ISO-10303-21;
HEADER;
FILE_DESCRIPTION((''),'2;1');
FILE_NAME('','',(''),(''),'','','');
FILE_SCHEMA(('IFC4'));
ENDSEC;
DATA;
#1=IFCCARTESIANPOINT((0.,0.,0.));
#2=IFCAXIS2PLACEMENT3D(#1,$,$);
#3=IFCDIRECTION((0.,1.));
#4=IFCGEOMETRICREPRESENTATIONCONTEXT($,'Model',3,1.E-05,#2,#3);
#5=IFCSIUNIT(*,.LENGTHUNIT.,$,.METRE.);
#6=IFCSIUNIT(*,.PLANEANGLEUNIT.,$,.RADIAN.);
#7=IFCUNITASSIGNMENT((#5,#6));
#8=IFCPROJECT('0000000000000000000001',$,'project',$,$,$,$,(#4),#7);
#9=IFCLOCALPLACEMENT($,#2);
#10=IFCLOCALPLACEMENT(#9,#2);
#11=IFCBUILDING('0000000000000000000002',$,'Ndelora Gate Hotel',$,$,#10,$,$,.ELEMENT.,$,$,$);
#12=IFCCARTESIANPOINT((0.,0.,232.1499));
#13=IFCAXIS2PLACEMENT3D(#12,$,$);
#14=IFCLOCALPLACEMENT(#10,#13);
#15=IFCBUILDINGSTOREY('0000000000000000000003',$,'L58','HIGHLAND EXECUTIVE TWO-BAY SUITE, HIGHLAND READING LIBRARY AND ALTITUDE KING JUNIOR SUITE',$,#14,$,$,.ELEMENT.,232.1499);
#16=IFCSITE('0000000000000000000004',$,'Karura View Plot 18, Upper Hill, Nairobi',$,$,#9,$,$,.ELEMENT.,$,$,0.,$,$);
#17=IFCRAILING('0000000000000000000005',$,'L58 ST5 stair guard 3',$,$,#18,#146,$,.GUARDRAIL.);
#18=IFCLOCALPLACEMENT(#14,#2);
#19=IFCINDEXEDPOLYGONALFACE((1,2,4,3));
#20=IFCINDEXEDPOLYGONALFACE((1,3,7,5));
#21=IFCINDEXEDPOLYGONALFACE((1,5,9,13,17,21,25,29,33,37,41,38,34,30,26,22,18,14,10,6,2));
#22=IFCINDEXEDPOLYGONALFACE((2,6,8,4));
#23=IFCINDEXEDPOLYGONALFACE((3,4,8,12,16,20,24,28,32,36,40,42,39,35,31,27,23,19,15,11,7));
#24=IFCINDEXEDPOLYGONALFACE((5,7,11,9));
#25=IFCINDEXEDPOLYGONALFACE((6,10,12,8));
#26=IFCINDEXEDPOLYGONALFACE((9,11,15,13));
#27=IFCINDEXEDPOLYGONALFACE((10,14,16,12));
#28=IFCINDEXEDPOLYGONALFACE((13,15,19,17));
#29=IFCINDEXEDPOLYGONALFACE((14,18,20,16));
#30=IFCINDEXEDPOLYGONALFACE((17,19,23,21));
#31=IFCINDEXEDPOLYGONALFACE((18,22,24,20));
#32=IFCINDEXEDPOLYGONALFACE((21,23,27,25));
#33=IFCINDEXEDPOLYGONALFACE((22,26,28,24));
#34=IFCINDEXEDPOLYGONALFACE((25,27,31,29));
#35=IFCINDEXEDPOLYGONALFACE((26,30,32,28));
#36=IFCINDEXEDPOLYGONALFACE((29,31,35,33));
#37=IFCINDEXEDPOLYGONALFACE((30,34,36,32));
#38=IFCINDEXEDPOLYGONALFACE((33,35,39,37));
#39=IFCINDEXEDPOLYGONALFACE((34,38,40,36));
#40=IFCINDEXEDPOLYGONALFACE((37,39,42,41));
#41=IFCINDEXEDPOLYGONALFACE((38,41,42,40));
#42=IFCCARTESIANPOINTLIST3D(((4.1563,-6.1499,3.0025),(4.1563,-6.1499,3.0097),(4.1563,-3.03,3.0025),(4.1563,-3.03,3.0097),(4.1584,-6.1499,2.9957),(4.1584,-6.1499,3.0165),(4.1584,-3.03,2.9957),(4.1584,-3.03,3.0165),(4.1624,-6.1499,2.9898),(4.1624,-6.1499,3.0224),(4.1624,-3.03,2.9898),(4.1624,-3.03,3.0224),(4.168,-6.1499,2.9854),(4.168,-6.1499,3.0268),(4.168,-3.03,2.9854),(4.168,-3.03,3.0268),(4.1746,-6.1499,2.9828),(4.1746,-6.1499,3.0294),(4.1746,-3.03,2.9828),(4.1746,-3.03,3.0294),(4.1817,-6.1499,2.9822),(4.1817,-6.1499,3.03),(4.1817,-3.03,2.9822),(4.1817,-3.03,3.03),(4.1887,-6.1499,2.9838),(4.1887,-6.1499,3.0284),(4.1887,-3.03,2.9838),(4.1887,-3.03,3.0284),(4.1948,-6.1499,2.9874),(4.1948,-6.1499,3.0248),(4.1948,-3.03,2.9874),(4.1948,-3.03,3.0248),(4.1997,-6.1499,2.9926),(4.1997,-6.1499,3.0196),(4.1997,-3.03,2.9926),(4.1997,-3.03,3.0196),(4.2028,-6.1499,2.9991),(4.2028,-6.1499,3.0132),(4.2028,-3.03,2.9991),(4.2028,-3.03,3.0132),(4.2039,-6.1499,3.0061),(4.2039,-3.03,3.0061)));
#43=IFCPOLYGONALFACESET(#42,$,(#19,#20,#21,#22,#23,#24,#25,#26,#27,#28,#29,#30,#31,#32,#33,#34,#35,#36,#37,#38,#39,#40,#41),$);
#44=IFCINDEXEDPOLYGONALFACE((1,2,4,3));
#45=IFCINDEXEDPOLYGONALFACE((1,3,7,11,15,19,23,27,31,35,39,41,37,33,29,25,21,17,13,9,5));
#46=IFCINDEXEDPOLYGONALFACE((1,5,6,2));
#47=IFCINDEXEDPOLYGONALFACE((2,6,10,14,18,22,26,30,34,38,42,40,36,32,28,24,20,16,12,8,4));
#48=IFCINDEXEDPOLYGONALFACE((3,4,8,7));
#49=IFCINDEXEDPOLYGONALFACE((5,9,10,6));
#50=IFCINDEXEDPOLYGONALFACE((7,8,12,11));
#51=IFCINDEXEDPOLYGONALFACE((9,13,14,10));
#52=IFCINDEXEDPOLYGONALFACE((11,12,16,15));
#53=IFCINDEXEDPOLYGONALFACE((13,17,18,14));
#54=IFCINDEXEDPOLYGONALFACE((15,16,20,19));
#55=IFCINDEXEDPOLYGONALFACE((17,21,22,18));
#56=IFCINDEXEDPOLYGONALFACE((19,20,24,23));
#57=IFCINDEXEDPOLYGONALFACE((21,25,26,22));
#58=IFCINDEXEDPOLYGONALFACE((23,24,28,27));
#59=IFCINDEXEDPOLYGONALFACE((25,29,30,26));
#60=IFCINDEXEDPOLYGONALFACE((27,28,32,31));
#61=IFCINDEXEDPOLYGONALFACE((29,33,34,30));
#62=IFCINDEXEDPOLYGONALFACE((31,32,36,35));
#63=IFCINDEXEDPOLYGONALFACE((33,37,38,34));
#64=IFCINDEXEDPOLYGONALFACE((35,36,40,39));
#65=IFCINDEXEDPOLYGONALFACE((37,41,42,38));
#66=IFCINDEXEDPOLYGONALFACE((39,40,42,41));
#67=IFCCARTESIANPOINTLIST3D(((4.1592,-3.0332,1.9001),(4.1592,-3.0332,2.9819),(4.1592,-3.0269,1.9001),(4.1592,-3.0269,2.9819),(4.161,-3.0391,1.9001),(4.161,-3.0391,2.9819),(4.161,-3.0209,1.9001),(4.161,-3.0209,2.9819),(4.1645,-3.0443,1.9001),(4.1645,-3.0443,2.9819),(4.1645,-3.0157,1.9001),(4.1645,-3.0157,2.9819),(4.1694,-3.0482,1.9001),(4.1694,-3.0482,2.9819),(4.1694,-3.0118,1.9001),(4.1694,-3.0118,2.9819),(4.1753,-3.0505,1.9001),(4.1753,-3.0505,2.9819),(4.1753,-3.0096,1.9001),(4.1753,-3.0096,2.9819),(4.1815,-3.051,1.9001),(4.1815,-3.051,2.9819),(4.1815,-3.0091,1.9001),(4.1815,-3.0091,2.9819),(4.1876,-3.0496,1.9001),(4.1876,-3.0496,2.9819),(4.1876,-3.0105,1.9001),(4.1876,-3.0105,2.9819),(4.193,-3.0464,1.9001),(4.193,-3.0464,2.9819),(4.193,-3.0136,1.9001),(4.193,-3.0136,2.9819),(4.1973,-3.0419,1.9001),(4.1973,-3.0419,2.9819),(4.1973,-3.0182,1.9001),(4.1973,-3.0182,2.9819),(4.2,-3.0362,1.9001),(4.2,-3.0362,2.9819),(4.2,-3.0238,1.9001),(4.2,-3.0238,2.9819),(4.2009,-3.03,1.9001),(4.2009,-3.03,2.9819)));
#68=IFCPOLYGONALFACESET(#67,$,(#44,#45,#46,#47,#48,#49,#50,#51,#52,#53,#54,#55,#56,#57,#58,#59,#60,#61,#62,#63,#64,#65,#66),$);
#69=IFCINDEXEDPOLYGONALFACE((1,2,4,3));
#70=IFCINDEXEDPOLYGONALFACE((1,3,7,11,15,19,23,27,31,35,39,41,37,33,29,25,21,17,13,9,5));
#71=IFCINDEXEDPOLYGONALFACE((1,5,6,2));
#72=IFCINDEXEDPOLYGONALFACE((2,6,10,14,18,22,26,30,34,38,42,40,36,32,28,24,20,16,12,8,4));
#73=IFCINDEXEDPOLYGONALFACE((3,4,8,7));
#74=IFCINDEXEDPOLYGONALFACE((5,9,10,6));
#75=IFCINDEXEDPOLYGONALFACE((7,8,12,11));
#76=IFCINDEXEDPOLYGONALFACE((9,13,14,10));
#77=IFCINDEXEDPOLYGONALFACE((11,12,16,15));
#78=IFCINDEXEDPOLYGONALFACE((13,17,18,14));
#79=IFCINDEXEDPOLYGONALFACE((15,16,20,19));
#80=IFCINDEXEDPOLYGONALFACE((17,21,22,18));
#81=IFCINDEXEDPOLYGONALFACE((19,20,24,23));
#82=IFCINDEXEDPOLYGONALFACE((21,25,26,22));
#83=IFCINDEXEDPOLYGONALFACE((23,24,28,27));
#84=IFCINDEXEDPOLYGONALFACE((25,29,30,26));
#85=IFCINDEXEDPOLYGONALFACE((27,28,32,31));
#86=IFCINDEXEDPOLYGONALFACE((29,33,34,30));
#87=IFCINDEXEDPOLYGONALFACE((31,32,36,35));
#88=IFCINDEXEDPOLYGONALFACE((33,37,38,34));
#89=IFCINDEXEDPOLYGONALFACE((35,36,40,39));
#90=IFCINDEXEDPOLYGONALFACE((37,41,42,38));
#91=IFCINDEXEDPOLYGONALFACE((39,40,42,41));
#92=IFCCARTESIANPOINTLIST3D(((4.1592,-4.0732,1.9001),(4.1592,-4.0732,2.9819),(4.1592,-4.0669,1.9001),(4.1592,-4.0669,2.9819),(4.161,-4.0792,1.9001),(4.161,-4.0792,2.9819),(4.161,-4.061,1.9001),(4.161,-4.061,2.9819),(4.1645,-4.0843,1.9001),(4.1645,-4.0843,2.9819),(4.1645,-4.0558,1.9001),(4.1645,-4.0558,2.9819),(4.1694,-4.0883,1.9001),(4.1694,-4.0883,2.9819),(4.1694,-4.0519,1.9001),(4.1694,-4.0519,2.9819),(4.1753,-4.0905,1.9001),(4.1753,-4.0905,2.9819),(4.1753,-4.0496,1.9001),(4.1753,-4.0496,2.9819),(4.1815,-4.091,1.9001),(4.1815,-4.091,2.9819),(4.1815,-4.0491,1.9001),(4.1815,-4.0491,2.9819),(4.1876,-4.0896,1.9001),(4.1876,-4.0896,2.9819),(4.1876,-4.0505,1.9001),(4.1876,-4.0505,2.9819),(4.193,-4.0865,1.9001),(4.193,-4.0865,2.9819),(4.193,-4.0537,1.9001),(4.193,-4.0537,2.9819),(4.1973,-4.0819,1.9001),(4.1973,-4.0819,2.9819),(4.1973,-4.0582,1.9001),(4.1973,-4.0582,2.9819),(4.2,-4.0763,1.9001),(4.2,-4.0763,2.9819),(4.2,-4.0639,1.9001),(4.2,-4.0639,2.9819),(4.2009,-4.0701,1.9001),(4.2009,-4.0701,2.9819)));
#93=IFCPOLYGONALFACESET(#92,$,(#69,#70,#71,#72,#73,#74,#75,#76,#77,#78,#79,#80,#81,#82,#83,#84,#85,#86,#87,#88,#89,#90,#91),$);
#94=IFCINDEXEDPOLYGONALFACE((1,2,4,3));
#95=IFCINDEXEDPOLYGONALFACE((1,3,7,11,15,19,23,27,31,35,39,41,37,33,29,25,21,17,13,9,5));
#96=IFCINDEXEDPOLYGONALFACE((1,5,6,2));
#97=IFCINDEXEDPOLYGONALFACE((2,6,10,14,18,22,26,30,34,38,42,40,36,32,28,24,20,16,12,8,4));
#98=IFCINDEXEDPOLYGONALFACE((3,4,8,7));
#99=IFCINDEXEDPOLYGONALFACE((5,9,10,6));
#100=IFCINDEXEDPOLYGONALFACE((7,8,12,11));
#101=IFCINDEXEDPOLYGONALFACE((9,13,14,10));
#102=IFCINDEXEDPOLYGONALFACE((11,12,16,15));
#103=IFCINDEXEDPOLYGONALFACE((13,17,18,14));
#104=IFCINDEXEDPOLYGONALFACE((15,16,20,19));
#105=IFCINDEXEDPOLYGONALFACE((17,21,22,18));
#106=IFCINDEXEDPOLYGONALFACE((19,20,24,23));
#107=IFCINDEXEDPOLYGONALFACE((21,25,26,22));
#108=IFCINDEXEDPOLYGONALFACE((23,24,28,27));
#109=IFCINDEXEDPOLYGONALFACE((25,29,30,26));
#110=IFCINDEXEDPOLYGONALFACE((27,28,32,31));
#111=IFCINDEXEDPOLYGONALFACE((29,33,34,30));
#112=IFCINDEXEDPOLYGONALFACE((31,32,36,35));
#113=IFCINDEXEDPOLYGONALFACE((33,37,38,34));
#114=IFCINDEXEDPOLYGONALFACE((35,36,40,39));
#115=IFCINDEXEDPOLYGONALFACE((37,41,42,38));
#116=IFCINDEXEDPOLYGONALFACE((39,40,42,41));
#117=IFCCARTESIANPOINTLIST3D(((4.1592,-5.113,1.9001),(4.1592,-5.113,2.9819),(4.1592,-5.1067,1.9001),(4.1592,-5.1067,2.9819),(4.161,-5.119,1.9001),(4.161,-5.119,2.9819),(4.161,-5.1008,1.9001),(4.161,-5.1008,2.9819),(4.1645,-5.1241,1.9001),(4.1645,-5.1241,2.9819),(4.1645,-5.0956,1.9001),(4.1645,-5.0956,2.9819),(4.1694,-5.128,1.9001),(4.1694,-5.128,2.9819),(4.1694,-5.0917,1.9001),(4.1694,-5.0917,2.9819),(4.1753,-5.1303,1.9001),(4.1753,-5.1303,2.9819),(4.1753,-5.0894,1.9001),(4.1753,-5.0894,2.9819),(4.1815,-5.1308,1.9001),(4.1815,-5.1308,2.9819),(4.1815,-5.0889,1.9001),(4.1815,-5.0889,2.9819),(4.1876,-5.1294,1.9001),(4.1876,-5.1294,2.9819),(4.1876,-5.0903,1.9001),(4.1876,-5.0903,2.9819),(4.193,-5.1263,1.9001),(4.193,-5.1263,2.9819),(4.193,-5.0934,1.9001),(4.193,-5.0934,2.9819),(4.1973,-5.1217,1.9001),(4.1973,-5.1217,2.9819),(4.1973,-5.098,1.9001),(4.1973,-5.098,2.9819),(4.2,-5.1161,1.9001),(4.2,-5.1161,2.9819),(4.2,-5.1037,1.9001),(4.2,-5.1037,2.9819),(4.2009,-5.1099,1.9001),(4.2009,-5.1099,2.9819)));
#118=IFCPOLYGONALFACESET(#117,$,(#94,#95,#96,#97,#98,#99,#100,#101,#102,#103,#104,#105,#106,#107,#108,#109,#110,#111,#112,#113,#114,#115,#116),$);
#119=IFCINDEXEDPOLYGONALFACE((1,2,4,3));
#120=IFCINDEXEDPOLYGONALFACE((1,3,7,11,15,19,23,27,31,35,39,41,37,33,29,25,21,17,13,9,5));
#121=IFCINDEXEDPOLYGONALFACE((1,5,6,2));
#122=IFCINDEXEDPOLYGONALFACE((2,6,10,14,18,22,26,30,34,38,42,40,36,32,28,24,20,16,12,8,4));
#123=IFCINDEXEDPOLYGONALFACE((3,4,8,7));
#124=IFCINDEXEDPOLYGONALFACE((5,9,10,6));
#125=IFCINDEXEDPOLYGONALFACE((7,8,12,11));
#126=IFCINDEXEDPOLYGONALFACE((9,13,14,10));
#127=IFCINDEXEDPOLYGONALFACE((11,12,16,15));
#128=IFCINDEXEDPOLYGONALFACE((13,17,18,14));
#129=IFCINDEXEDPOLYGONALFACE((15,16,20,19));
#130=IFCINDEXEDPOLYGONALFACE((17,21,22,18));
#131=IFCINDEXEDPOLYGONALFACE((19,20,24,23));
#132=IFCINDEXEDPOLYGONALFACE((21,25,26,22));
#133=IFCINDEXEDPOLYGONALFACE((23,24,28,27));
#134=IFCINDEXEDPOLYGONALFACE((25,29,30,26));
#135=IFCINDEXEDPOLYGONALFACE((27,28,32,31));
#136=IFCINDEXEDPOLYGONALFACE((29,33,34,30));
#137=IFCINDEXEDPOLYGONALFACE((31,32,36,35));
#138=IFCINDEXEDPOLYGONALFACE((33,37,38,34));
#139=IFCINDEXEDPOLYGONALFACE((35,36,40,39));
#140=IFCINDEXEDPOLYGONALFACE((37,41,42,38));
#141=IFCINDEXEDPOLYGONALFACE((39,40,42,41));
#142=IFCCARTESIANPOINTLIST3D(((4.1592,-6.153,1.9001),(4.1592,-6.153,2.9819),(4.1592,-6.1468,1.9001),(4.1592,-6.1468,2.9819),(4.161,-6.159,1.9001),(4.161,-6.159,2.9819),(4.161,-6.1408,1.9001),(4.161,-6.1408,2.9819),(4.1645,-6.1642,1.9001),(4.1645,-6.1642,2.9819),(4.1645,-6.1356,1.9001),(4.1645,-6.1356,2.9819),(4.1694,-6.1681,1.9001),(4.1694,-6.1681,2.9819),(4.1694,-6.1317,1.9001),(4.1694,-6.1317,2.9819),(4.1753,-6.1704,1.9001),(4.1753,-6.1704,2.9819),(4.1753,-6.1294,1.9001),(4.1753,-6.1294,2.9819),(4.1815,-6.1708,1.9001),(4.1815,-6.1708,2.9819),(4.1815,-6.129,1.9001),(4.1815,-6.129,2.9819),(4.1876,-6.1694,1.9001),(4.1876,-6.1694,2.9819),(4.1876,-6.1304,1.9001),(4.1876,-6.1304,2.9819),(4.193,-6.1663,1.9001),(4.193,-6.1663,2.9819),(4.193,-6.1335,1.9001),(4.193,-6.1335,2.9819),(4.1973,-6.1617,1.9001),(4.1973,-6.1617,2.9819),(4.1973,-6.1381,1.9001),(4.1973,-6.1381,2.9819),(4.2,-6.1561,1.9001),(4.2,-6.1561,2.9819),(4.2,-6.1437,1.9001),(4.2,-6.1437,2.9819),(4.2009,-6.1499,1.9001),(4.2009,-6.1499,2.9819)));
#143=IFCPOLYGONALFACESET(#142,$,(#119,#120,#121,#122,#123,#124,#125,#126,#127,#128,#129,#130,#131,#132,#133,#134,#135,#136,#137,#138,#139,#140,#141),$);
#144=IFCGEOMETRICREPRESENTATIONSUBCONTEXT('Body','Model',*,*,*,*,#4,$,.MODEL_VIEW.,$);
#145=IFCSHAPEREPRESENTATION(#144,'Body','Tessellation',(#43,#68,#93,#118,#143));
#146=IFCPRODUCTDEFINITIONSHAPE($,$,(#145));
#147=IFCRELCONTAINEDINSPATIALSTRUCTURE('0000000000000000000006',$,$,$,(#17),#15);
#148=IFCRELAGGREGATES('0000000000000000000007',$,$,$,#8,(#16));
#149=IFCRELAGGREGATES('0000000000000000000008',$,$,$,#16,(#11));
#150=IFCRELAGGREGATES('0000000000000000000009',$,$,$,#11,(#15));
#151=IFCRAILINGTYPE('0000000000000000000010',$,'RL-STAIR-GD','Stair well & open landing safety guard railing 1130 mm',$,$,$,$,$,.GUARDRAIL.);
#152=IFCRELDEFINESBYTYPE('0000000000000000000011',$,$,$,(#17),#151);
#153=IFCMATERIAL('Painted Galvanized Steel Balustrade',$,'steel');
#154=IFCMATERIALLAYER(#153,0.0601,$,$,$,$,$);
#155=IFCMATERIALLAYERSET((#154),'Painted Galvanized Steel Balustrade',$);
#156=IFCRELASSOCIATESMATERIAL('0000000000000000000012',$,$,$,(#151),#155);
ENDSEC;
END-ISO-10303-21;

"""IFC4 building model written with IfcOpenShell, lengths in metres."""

from ifc_helpers import new_model, si_unit, direction, frame, origin, origin_2d, place, context, subcontext, project, spatial, circle, extrude, material, layer, layer_set, type_object, element, save


model = new_model("IFC4")

# Units and contexts
model_context = context("Model", 3, precision=1e-05, world=origin(), true_north=direction((0.0, 1.0)))
body_context = subcontext(model_context, "Body", "Model", "MODEL_VIEW")
ifc_project = project(units=[si_unit("LENGTHUNIT", "METRE"), si_unit("PLANEANGLEUNIT", "RADIAN")], contexts=[model_context])

# Site, building, storey
site_placement = place(None, origin())
site = spatial("IfcSite", under=ifc_project, at=site_placement, Name="Karura View Plot 18, Upper Hill, Nairobi", CompositionType="ELEMENT", RefElevation=0.0)
building_placement = place(site_placement, origin())
building = spatial("IfcBuilding", under=site, at=building_placement, Name="Ndelora Gate Hotel", CompositionType="ELEMENT")
storey_placement = place(building_placement, frame((0.0, 0.0, 232.1499)))
storey = spatial("IfcBuildingStorey", under=building, at=storey_placement, Name="L58", Description="HIGHLAND EXECUTIVE TWO-BAY SUITE, HIGHLAND READING LIBRARY AND ALTITUDE KING JUNIOR SUITE", CompositionType="ELEMENT", Elevation=232.1499)

# Railing
ifc_material_1 = material(Name="Painted Galvanized Steel Balustrade", Category="steel")
ifc_layer_1 = layer(ifc_material_1, 0.0601)
ifc_layer_set_1 = layer_set([ifc_layer_1], Name="Painted Galvanized Steel Balustrade")
railing_type_1 = type_object("IfcRailingType", Name="RL-STAIR-GD", Description="Stair well & open landing safety guard railing 1130 mm", PredefinedType="GUARDRAIL", material=ifc_layer_set_1)
for number, where, name in (
    (1, (4.1799, -3.03, 1.9001), "L58 ST5 stair guard 3"),
):
    element("IfcRailing", number, at=place(storey_placement, frame(where)), inside=storey, type_object=railing_type_1, Name=name, PredefinedType="GUARDRAIL", context=body_context, shape_type="SweptSolid", body=[
        extrude(circle(Radius=0.0239, at=origin_2d()), frame((0.0, 0.0, 1.106), z_axis=(0.0, -1.0, 0.0), x_axis=(1.0, 0.0, 0.0)), (0.0, 0.0, 1.0), 3.1199),
        extrude(circle(Radius=0.021, at=origin_2d()), origin(), (0.0, 0.0, 1.0), 1.0818),
        extrude(circle(Radius=0.021, at=origin_2d()), frame((0.0, -1.04, 0.0)), (0.0, 0.0, 1.0), 1.0818),
        extrude(circle(Radius=0.021, at=origin_2d()), frame((0.0, -2.0798, 0.0)), (0.0, 0.0, 1.0), 1.0818),
        extrude(circle(Radius=0.021, at=origin_2d()), frame((0.0, -3.1199, 0.0)), (0.0, 0.0, 1.0), 1.0818),
    ])

save(model, "model.ifc")
